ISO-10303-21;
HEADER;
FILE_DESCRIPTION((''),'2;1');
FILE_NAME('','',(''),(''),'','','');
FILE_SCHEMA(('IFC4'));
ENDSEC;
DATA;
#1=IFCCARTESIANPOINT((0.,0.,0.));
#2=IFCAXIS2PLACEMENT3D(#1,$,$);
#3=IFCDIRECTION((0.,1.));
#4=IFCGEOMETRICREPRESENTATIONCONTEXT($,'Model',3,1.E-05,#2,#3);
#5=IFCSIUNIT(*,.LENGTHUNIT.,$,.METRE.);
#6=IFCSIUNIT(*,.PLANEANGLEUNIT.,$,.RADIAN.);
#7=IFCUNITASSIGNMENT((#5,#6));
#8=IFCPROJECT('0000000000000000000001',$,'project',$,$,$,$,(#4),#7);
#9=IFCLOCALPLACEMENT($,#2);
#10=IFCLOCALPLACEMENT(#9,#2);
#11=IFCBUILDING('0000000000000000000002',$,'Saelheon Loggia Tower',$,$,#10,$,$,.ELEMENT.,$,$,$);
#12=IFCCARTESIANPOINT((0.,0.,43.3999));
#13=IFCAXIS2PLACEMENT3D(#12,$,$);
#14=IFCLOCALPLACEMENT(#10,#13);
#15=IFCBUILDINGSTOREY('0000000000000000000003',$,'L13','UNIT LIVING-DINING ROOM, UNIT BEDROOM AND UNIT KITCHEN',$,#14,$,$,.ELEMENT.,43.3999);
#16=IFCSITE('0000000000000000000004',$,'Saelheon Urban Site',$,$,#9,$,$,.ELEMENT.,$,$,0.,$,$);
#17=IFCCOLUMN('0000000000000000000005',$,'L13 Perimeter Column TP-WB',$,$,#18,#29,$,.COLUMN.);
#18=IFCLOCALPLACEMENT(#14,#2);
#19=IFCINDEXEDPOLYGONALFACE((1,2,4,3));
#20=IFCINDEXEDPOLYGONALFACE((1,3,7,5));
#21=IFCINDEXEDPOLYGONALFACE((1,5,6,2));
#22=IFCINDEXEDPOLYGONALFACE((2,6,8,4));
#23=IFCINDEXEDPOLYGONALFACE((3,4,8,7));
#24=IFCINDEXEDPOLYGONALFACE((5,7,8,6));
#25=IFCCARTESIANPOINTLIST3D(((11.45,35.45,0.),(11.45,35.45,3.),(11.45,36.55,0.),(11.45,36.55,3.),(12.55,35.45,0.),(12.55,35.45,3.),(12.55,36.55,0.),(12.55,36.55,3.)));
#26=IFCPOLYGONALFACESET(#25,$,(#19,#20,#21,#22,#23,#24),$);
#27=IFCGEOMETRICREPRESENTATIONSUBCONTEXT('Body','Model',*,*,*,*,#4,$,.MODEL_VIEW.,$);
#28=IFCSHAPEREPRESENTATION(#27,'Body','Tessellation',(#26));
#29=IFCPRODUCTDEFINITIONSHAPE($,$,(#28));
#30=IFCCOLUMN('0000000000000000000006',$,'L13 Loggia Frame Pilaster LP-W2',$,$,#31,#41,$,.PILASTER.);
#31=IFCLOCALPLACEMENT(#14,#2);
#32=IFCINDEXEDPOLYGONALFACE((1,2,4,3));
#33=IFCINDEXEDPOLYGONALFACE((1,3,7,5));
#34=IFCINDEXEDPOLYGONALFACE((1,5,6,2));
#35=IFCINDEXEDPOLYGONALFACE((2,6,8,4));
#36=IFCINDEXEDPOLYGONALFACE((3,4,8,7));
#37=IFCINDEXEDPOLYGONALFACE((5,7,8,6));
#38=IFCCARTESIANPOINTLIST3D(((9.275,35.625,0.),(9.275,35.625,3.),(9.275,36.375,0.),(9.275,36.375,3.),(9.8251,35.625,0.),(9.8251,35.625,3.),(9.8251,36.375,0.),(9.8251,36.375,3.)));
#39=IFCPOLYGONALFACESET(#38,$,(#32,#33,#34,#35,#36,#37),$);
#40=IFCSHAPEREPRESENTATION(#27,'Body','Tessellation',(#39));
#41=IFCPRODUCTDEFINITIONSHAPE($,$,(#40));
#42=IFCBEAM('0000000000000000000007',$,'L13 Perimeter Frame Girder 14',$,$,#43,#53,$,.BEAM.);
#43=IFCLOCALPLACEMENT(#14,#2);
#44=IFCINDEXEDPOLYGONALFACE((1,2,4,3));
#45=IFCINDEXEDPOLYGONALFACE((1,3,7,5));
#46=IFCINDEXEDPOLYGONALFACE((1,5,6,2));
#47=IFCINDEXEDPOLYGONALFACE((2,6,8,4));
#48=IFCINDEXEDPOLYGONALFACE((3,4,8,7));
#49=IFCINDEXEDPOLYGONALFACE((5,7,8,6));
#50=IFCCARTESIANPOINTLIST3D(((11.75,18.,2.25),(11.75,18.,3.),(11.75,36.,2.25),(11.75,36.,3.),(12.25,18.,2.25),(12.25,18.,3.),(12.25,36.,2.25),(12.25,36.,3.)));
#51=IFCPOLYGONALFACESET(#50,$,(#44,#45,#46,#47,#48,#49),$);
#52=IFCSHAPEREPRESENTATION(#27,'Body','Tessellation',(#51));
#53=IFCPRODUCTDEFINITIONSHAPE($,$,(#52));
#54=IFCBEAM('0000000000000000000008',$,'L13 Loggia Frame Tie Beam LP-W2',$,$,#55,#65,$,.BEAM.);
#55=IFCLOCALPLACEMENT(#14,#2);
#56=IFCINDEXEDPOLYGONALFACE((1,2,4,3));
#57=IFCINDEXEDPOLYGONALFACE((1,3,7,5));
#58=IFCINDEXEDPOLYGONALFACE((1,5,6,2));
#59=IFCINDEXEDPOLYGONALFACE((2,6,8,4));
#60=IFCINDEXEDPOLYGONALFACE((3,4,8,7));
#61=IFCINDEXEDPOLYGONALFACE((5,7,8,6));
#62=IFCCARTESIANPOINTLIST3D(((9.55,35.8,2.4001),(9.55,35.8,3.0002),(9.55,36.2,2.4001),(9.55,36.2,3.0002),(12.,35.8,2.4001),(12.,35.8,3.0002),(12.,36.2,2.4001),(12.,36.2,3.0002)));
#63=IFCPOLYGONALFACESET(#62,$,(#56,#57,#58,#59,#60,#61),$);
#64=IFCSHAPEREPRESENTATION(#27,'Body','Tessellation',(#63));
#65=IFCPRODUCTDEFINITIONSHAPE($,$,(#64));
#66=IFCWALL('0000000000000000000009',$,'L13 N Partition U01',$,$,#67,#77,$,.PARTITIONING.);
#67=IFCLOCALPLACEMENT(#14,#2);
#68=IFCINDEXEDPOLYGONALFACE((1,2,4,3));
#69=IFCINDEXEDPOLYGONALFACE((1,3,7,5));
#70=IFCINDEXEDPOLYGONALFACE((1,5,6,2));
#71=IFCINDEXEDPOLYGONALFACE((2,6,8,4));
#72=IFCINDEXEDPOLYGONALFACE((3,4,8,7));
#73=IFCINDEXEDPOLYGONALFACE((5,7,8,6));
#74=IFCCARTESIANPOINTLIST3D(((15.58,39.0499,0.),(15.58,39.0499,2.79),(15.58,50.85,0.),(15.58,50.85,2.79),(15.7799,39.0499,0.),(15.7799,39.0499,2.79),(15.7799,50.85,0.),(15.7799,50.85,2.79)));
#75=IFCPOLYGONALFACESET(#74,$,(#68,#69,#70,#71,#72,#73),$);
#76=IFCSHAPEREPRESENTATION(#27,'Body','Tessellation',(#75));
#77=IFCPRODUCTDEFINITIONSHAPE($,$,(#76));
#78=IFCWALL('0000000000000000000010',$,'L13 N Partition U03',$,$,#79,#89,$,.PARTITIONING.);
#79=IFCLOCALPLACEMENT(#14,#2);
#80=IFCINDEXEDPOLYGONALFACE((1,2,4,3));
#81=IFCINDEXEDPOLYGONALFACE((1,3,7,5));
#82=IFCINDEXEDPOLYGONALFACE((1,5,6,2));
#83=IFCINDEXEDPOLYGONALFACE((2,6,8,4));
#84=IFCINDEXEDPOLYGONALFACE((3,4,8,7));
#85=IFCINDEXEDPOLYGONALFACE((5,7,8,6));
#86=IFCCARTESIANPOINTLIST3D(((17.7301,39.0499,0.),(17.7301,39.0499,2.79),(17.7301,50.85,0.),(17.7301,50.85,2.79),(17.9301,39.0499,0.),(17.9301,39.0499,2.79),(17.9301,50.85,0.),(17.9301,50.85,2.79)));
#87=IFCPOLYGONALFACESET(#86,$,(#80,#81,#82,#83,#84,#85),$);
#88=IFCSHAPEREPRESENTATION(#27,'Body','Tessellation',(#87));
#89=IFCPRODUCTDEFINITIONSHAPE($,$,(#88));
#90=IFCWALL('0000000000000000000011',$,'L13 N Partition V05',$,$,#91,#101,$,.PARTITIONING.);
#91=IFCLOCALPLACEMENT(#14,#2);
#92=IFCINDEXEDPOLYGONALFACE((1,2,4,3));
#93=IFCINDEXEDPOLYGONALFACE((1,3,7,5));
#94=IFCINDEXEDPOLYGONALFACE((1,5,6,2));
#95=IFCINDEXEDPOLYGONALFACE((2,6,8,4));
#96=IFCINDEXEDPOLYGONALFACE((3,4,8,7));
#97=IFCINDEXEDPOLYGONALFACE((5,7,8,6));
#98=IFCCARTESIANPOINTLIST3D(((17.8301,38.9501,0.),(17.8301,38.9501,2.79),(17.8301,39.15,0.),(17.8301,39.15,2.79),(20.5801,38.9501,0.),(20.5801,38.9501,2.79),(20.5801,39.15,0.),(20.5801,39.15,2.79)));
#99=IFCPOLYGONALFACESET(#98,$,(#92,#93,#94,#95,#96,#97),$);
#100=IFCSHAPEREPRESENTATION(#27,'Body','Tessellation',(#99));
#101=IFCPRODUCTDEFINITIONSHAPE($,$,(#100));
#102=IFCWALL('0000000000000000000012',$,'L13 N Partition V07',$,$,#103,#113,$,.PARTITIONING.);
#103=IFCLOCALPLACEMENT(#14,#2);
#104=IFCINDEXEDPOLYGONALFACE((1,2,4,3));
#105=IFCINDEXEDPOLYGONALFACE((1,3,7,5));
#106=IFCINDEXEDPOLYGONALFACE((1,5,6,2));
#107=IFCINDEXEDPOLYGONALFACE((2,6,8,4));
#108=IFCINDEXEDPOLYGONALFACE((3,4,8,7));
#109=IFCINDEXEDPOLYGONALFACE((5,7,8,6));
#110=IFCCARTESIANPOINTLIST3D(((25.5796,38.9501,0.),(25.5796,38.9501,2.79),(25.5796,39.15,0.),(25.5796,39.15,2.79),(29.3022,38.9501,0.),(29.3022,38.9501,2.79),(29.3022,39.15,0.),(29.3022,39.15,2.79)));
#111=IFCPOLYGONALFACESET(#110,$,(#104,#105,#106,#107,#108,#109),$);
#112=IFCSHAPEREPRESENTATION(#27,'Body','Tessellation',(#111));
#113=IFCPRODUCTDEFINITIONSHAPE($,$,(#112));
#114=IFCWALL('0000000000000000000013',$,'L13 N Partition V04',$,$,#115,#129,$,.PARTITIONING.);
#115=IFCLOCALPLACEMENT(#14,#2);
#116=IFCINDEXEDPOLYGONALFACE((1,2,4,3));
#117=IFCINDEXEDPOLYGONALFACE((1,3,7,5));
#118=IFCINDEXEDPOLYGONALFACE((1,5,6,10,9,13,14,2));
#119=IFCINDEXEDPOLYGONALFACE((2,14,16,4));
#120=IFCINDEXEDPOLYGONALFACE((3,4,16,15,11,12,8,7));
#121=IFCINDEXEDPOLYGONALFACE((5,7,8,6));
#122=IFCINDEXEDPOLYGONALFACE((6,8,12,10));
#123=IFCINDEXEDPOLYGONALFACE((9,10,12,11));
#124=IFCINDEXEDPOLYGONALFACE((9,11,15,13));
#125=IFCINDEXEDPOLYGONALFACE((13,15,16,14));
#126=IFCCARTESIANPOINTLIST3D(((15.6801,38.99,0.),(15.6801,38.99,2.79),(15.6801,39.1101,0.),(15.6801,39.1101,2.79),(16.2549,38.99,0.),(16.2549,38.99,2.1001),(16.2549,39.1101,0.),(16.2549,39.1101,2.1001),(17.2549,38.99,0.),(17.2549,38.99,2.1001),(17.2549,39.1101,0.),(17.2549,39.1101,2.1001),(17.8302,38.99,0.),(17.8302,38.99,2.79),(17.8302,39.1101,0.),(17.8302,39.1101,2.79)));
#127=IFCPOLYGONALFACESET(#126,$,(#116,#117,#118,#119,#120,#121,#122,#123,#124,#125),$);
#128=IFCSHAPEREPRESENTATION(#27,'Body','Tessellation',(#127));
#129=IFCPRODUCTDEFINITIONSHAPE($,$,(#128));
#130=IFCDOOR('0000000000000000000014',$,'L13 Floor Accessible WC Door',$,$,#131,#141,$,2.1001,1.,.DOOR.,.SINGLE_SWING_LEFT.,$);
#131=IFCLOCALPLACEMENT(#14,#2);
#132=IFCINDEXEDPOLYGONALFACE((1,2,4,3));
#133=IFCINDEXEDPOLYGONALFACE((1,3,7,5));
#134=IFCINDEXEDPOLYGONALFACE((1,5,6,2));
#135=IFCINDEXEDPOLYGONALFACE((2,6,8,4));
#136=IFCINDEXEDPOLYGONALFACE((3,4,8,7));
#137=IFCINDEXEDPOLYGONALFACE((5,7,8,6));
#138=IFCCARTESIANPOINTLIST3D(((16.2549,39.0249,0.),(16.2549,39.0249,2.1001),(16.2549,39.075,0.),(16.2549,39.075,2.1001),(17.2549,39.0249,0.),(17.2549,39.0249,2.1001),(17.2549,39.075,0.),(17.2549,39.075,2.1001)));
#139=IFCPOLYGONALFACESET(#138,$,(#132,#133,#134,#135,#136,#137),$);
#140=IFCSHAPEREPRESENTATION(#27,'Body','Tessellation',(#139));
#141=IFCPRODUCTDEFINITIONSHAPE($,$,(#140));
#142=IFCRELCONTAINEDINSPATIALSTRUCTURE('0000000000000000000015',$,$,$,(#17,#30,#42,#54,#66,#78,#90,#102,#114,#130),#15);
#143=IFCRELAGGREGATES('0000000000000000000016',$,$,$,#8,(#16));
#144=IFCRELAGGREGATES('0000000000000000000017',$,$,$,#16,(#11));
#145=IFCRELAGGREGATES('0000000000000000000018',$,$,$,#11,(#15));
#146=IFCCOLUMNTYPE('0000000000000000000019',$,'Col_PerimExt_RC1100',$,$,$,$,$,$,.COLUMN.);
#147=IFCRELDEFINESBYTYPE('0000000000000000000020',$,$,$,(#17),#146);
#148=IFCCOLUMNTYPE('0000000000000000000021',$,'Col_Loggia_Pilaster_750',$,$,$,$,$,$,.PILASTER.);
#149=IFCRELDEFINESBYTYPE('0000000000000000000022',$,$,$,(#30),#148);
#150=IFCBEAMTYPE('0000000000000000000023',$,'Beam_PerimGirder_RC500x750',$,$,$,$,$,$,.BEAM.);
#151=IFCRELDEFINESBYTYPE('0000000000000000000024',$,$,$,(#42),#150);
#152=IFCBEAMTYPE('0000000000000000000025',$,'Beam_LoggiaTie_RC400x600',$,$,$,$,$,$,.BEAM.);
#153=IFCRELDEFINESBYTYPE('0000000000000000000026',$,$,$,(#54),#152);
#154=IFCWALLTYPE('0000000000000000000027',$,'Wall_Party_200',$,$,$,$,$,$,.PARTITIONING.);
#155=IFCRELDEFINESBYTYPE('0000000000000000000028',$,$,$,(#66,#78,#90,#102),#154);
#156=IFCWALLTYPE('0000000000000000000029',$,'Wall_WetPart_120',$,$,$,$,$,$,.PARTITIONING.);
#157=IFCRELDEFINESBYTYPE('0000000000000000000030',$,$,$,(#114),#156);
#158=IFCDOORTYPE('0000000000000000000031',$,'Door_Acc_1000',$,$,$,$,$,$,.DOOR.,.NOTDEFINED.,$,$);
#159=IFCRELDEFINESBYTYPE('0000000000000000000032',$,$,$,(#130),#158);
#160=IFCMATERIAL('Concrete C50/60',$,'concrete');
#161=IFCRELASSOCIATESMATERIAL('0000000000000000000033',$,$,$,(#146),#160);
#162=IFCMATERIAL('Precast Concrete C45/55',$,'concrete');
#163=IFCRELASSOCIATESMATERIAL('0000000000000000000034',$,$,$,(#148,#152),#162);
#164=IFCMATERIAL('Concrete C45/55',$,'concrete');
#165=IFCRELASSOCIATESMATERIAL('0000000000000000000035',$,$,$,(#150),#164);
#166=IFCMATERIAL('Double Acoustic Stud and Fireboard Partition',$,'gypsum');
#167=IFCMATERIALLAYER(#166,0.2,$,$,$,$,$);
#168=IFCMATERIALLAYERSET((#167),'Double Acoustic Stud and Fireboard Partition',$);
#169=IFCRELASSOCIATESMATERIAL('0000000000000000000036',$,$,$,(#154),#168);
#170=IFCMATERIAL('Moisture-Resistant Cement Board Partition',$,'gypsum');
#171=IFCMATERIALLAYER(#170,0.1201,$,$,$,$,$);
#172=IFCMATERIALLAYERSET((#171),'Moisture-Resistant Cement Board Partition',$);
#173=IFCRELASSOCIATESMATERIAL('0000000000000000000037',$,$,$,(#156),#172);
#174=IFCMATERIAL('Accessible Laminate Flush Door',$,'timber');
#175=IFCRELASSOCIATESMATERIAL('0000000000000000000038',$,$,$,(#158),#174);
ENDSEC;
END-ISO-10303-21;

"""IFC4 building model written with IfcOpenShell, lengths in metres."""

from ifc_helpers import new_model, si_unit, direction, frame, frame_2d, origin, origin_2d, place, context, subcontext, project, spatial, rectangle, extrude, source, transform, mapped, material, layer, layer_set, material_profile, profile_set, type_object, element, fill, save


model = new_model("IFC4")

# Units and contexts
model_context = context("Model", 3, precision=1e-05, world=origin(), true_north=direction((0.0, 1.0)))
body_context = subcontext(model_context, "Body", "Model", "MODEL_VIEW")
ifc_project = project(units=[si_unit("LENGTHUNIT", "METRE"), si_unit("PLANEANGLEUNIT", "RADIAN")], contexts=[model_context])

# Site, building, storey
site_placement = place(None, origin())
site = spatial("IfcSite", under=ifc_project, at=site_placement, Name="Saelheon Urban Site", CompositionType="ELEMENT", RefElevation=0.0)
building_placement = place(site_placement, origin())
building = spatial("IfcBuilding", under=site, at=building_placement, Name="Saelheon Loggia Tower", CompositionType="ELEMENT")
storey_placement = place(building_placement, frame((0.0, 0.0, 43.3999)))
storey = spatial("IfcBuildingStorey", under=building, at=storey_placement, Name="L13", Description="UNIT LIVING-DINING ROOM, UNIT BEDROOM AND UNIT KITCHEN", CompositionType="ELEMENT", Elevation=43.3999)

# Columns
ifc_material_1 = material(Name="Concrete C50/60", Category="concrete")
ifc_material_profile_1 = material_profile(ifc_material_1, rectangle(XDim=1.1001, YDim=1.1001, at=origin_2d()), Name="RC-1100x1100")
ifc_profile_set_1 = profile_set([ifc_material_profile_1], Name="Concrete C50/60")
column_type_1 = type_object("IfcColumnType", Name="Col_PerimExt_RC1100", PredefinedType="COLUMN", material=ifc_profile_set_1)
shared_shape_1 = source(origin(), body_context, "Body", "SweptSolid", [
    extrude(rectangle(XDim=1.1001, YDim=1.1001, at=origin_2d()), origin(), (0.0, 0.0, 1.0), 3.0),
])
column_1_placement = place(storey_placement, frame((12.0, 36.0, 0.0), z_axis=(0.0, 0.0, 1.0), x_axis=(1.0, 0.0, 0.0)))
element("IfcColumn", 1, at=column_1_placement, inside=storey, type_object=column_type_1, Name="L13 Perimeter Column TP-WB", PredefinedType="COLUMN", context=body_context, shape_type="MappedRepresentation", body=[
    mapped(shared_shape_1, transform((0.0, 0.0, 0.0), scale=1.0)),
])
ifc_material_2 = material(Name="Precast Concrete C45/55", Category="concrete")
ifc_material_profile_2 = material_profile(ifc_material_2, rectangle(XDim=0.55, YDim=0.75, at=origin_2d()), Name="RC-550x750")
ifc_profile_set_2 = profile_set([ifc_material_profile_2], Name="Precast Concrete C45/55")
column_type_2 = type_object("IfcColumnType", Name="Col_Loggia_Pilaster_750", PredefinedType="PILASTER", material=ifc_profile_set_2)
shared_shape_2 = source(origin(), body_context, "Body", "SweptSolid", [
    extrude(rectangle(XDim=0.55, YDim=0.75, at=origin_2d()), origin(), (0.0, 0.0, 1.0), 3.0),
])
column_2_placement = place(storey_placement, frame((9.55, 36.0, 0.0), z_axis=(0.0, 0.0, 1.0), x_axis=(1.0, 0.0, 0.0)))
element("IfcColumn", 2, at=column_2_placement, inside=storey, type_object=column_type_2, Name="L13 Loggia Frame Pilaster LP-W2", PredefinedType="PILASTER", context=body_context, shape_type="MappedRepresentation", body=[
    mapped(shared_shape_2, transform((0.0, 0.0, 0.0), scale=1.0)),
])

# Beams
ifc_material_3 = material(Name="Concrete C45/55", Category="concrete")
ifc_material_profile_3 = material_profile(ifc_material_3, rectangle(XDim=0.5, YDim=0.75, at=origin_2d()), Name="RC-500x750")
ifc_profile_set_3 = profile_set([ifc_material_profile_3], Name="Concrete C45/55")
beam_type_1 = type_object("IfcBeamType", Name="Beam_PerimGirder_RC500x750", PredefinedType="BEAM", material=ifc_profile_set_3)
shared_shape_3 = source(origin(), body_context, "Body", "SweptSolid", [
    extrude(rectangle(XDim=0.5, YDim=0.75, at=origin_2d()), origin(), (0.0, 0.0, 1.0), 18.0),
])
beam_1_placement = place(storey_placement, frame((12.0, 36.0, 2.625), z_axis=(0.0, -1.0, 0.0), x_axis=(1.0, 0.0, 0.0)))
element("IfcBeam", 3, at=beam_1_placement, inside=storey, type_object=beam_type_1, Name="L13 Perimeter Frame Girder 14", PredefinedType="BEAM", context=body_context, shape_type="MappedRepresentation", body=[
    mapped(shared_shape_3, transform((0.0, 0.0, 0.0), scale=1.0)),
])
ifc_material_profile_4 = material_profile(ifc_material_2, rectangle(XDim=0.3999, YDim=0.6001, at=origin_2d()), Name="RC-400x600")
ifc_profile_set_4 = profile_set([ifc_material_profile_4], Name="Precast Concrete C45/55")
beam_type_2 = type_object("IfcBeamType", Name="Beam_LoggiaTie_RC400x600", PredefinedType="BEAM", material=ifc_profile_set_4)
shared_shape_4 = source(origin(), body_context, "Body", "SweptSolid", [
    extrude(rectangle(XDim=0.3999, YDim=0.6001, at=origin_2d()), origin(), (0.0, 0.0, 1.0), 2.45),
])
beam_2_placement = place(storey_placement, frame((12.0, 36.0, 2.7002), z_axis=(-1.0, 0.0, 0.0), x_axis=(0.0, -1.0, 0.0)))
element("IfcBeam", 4, at=beam_2_placement, inside=storey, type_object=beam_type_2, Name="L13 Loggia Frame Tie Beam LP-W2", PredefinedType="BEAM", context=body_context, shape_type="MappedRepresentation", body=[
    mapped(shared_shape_4, transform((0.0, 0.0, 0.0), scale=1.0)),
])

# Walls
ifc_material_4 = material(Name="Double Acoustic Stud and Fireboard Partition", Category="gypsum")
ifc_layer_1 = layer(ifc_material_4, 0.2)
ifc_layer_set_1 = layer_set([ifc_layer_1], Name="Double Acoustic Stud and Fireboard Partition")
wall_type_1 = type_object("IfcWallType", Name="Wall_Party_200", PredefinedType="PARTITIONING", material=ifc_layer_set_1)
for number, where, z_axis, x_axis, name in (
    (5, (15.6799, 39.05, 0.0), (0.0, 0.0, 1.0), (0.0, 1.0, 0.0), "L13 N Partition U01"),
    (6, (17.8301, 39.05, 0.0), (0.0, 0.0, 1.0), (0.0, 1.0, 0.0), "L13 N Partition U03"),
):
    element("IfcWall", number, at=place(storey_placement, frame(where, z_axis=z_axis, x_axis=x_axis)), inside=storey, type_object=wall_type_1, Name=name, PredefinedType="PARTITIONING", context=body_context, shape_type="SweptSolid", body=[
        extrude(rectangle(XDim=11.8, YDim=0.2, at=frame_2d((5.8999, 0.0))), origin(), (0.0, 0.0, 1.0), 2.79),
    ])
wall_1_placement = place(storey_placement, frame((17.8301, 39.05, 0.0), z_axis=(0.0, 0.0, 1.0), x_axis=(1.0, 0.0, 0.0)))
element("IfcWall", 7, at=wall_1_placement, inside=storey, type_object=wall_type_1, Name="L13 N Partition V05", PredefinedType="PARTITIONING", context=body_context, shape_type="SweptSolid", body=[
    extrude(rectangle(XDim=2.75, YDim=0.2, at=frame_2d((1.375, 0.0))), origin(), (0.0, 0.0, 1.0), 2.79),
])

# Wall
wall_2_placement = place(storey_placement, frame((25.5796, 39.05, 0.0), z_axis=(0.0, 0.0, 1.0), x_axis=(1.0, 0.0, 0.0)))
element("IfcWall", 8, at=wall_2_placement, inside=storey, type_object=wall_type_1, Name="L13 N Partition V07", PredefinedType="PARTITIONING", context=body_context, shape_type="SweptSolid", body=[
    extrude(rectangle(XDim=3.7227, YDim=0.2, at=frame_2d((1.8613, 0.0))), origin(), (0.0, 0.0, 1.0), 2.79),
])

# Wall, opening, door
ifc_material_5 = material(Name="Moisture-Resistant Cement Board Partition", Category="gypsum")
ifc_layer_2 = layer(ifc_material_5, 0.1201)
ifc_layer_set_2 = layer_set([ifc_layer_2], Name="Moisture-Resistant Cement Board Partition")
wall_type_2 = type_object("IfcWallType", Name="Wall_WetPart_120", PredefinedType="PARTITIONING", material=ifc_layer_set_2)
wall_3_placement = place(storey_placement, frame((15.6799, 39.05, 0.0), z_axis=(0.0, 0.0, 1.0), x_axis=(1.0, 0.0, 0.0)))
wall_3 = element("IfcWall", 9, at=wall_3_placement, inside=storey, type_object=wall_type_2, Name="L13 N Partition V04", PredefinedType="PARTITIONING", context=body_context, shape_type="SweptSolid", body=[
    extrude(rectangle(XDim=2.1501, YDim=0.1201, at=frame_2d((1.0752, 0.0))), origin(), (0.0, 0.0, 1.0), 2.79),
])
opening_1_placement = place(wall_3_placement, frame((0.575, 0.0, 0.0)))
opening_1 = element("IfcOpeningElement", 10, at=opening_1_placement, cuts=wall_3, PredefinedType="OPENING", context=body_context, shape_type="SweptSolid", body=[
    extrude(rectangle(XDim=1.0, YDim=2.1001, at=frame_2d((0.5, 1.05))), frame((0.0, 0.072, 0.0), z_axis=(0.0, -1.0, 0.0), x_axis=(1.0, 0.0, 0.0)), (0.0, 0.0, 1.0), 0.144),
])
ifc_material_6 = material(Name="Accessible Laminate Flush Door", Category="timber")
door_type_1 = type_object("IfcDoorType", Name="Door_Acc_1000", OperationType="NOTDEFINED", PredefinedType="DOOR", material=ifc_material_6)
shared_shape_5 = source(origin(), body_context, "Body", "SweptSolid", [
    extrude(rectangle(XDim=1.0, YDim=2.1001, at=frame_2d((0.5, 1.05))), frame((0.0, 0.0249, 0.0), z_axis=(0.0, -1.0, 0.0), x_axis=(1.0, 0.0, 0.0)), (0.0, 0.0, 1.0), 0.05),
])
door_1_placement = place(opening_1_placement, origin())
door_1 = element("IfcDoor", 11, at=door_1_placement, inside=storey, type_object=door_type_1, Name="L13 Floor Accessible WC Door", OperationType="SINGLE_SWING_LEFT", OverallHeight=2.1001, OverallWidth=1.0, PredefinedType="DOOR", context=body_context, shape_type="MappedRepresentation", body=[
    mapped(shared_shape_5, transform((0.0, 0.0, 0.0), scale=1.0)),
])
fill(opening_1, door_1)

save(model, "model.ifc")
